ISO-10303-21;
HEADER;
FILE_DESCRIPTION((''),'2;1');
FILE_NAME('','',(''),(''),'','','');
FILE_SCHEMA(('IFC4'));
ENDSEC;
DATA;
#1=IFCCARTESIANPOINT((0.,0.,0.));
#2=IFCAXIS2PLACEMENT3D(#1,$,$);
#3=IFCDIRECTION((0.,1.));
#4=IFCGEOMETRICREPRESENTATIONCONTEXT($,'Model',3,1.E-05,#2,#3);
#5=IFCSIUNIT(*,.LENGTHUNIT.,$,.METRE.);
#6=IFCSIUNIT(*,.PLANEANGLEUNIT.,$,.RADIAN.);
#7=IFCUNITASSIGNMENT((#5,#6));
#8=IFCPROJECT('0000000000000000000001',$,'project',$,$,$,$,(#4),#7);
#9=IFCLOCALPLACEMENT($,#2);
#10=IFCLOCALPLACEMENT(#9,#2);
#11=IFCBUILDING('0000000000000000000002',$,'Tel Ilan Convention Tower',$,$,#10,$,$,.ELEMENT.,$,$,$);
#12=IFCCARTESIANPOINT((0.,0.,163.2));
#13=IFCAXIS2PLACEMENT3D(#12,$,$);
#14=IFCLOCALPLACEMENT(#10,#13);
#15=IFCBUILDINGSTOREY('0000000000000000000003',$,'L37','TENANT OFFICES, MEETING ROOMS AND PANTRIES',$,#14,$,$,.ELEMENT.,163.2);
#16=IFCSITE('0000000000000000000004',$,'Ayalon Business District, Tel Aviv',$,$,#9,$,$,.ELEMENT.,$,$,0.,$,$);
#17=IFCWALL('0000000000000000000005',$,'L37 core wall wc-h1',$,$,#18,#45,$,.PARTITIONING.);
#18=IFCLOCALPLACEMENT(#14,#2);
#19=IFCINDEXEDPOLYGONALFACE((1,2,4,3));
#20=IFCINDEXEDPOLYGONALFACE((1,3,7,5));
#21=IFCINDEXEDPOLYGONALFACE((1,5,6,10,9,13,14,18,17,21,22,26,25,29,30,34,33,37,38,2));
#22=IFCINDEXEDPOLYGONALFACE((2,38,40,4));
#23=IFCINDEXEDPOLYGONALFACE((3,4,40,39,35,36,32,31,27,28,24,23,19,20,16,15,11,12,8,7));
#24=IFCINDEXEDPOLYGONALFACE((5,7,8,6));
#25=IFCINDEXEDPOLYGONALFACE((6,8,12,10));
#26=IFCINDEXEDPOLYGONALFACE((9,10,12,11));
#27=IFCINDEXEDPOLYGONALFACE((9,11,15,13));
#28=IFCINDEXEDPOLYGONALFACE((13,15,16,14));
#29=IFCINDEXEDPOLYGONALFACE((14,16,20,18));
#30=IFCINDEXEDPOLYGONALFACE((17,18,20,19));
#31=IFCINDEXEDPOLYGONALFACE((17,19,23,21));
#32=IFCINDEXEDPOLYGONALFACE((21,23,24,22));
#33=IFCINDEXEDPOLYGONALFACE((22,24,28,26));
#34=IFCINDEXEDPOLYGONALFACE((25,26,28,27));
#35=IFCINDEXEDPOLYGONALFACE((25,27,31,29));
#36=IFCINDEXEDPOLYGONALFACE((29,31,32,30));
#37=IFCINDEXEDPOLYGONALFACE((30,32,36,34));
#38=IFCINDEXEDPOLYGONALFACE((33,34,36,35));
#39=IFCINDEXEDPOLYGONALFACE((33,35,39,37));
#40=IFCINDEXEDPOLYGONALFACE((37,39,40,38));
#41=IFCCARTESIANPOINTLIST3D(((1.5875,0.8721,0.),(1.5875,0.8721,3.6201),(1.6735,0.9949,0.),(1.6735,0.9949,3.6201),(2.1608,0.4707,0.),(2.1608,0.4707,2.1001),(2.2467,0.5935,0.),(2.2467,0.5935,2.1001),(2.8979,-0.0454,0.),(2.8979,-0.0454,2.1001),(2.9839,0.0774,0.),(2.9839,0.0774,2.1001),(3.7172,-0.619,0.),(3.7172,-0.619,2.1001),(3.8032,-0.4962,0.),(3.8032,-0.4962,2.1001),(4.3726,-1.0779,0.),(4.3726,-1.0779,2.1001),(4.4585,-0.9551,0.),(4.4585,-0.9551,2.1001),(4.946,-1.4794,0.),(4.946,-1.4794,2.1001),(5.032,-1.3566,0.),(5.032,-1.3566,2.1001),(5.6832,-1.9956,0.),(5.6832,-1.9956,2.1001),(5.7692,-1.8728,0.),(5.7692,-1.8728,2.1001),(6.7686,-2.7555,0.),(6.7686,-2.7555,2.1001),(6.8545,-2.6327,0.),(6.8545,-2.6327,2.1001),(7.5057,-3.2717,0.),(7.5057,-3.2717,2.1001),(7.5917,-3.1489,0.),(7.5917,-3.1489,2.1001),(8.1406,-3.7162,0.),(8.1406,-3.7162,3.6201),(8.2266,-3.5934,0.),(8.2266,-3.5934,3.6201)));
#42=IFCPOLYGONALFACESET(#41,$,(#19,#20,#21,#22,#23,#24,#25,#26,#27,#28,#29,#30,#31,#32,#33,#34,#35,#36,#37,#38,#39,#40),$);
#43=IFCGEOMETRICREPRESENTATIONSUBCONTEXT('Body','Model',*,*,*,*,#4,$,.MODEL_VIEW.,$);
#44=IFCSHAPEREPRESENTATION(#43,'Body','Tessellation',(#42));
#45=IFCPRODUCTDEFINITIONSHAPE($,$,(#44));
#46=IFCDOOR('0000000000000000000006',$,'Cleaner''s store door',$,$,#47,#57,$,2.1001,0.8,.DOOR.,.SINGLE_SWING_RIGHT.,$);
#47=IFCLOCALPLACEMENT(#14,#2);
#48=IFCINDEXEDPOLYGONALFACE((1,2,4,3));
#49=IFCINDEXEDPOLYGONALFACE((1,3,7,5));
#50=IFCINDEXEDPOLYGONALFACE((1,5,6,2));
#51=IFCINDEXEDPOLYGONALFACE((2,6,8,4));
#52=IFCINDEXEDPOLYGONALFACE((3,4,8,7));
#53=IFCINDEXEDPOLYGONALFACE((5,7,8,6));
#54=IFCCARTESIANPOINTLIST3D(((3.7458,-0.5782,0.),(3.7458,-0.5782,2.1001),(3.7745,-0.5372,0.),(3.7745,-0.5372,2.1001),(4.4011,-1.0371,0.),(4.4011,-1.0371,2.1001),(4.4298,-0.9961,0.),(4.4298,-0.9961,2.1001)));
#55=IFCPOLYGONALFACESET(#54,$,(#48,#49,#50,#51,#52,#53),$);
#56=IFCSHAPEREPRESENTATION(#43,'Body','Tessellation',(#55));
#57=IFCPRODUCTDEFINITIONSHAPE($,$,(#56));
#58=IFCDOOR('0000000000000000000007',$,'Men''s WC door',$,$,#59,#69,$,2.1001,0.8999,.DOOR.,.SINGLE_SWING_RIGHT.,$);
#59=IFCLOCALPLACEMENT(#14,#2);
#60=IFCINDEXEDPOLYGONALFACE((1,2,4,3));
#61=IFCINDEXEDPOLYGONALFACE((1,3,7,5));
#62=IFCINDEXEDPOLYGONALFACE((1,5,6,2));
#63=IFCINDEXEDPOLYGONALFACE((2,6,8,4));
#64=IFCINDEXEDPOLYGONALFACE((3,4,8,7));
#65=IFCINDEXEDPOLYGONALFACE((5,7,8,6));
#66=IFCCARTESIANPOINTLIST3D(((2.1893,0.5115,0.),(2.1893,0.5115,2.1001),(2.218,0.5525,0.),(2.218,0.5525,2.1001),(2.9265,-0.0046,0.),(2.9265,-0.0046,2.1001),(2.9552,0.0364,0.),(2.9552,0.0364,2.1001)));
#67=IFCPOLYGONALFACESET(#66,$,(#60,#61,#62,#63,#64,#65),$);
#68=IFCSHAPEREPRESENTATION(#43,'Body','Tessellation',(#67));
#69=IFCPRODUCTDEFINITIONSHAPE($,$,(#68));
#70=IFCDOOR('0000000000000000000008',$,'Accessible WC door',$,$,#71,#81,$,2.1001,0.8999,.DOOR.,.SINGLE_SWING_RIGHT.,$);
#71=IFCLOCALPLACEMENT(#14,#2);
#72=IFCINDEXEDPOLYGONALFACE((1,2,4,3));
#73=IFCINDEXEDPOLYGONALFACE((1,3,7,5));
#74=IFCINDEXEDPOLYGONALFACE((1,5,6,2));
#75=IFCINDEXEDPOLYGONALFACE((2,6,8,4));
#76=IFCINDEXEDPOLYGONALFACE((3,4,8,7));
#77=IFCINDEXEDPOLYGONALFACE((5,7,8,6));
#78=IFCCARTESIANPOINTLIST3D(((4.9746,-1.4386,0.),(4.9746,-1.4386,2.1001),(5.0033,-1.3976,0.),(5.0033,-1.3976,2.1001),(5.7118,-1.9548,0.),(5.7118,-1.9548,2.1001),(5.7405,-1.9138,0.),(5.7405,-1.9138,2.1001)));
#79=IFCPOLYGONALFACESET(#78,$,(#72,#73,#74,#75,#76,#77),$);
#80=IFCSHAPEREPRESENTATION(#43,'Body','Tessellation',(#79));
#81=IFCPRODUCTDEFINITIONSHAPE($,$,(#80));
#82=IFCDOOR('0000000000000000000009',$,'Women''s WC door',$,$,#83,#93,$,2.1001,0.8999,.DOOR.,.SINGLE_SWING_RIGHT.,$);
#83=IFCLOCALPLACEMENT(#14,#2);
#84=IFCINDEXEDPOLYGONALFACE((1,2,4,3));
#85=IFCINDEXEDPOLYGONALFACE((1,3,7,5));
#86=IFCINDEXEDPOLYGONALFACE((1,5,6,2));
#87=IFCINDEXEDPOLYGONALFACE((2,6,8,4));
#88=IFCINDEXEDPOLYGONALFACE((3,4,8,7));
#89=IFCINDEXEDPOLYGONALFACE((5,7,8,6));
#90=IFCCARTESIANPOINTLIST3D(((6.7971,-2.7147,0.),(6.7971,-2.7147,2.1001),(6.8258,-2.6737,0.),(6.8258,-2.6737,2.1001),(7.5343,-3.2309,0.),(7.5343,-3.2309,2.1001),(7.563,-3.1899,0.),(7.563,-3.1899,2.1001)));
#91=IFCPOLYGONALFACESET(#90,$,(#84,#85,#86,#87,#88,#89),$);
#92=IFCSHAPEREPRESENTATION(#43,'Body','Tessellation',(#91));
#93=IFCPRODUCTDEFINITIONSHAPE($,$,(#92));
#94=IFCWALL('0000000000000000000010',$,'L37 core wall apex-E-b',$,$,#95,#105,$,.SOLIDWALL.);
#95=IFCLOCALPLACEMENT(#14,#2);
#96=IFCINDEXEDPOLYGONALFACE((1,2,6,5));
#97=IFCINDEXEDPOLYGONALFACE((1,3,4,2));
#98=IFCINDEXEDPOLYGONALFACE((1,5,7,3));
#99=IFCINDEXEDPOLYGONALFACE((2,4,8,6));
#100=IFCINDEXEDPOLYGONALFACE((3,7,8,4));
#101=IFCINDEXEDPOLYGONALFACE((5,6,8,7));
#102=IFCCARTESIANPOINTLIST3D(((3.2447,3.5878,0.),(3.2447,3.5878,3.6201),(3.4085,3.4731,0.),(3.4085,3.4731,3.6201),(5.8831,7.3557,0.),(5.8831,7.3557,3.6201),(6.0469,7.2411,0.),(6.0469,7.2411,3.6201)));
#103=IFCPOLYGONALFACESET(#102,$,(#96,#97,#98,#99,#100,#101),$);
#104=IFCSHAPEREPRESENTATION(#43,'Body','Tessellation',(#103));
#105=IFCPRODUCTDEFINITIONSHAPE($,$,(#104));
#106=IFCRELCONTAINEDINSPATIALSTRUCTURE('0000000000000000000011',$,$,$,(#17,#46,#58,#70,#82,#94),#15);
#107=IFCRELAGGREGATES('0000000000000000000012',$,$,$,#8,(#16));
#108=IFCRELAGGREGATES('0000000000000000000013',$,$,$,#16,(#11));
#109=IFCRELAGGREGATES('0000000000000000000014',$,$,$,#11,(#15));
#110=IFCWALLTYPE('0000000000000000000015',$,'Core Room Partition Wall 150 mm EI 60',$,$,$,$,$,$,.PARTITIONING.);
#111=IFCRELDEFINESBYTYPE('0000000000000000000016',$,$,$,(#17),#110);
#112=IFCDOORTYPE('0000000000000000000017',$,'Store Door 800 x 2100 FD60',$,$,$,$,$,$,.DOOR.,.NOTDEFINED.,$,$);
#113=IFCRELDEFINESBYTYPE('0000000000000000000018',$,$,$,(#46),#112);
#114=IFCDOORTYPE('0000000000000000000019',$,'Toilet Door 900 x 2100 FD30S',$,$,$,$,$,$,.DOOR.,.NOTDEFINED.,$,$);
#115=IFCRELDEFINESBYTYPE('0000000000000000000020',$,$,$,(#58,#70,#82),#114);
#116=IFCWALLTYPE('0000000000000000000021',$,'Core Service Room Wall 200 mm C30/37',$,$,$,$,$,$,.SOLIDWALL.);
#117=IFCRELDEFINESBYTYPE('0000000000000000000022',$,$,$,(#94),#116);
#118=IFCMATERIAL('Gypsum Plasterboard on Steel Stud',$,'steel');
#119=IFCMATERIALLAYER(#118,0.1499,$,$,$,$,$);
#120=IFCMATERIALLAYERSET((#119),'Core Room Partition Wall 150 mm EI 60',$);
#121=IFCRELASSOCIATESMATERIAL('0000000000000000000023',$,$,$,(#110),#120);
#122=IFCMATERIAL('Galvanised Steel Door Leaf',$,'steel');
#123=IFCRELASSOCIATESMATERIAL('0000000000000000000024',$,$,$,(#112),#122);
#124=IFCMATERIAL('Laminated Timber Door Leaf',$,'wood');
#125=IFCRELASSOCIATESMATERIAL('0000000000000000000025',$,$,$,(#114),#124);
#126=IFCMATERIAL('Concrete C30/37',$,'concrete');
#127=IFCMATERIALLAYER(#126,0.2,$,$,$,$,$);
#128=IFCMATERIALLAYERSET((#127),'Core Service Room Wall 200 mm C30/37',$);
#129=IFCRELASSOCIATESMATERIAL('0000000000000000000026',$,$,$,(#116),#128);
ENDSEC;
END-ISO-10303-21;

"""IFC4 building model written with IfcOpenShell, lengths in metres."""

from ifc_helpers import new_model, si_unit, direction, frame, frame_2d, origin, place, context, subcontext, project, spatial, rectangle, extrude, material, layer, layer_set, type_object, element, fill, save


model = new_model("IFC4")

# Units and contexts
model_context = context("Model", 3, precision=1e-05, world=origin(), true_north=direction((0.0, 1.0)))
body_context = subcontext(model_context, "Body", "Model", "MODEL_VIEW")
ifc_project = project(units=[si_unit("LENGTHUNIT", "METRE"), si_unit("PLANEANGLEUNIT", "RADIAN")], contexts=[model_context])

# Site, building, storey
site_placement = place(None, origin())
site = spatial("IfcSite", under=ifc_project, at=site_placement, Name="Ayalon Business District, Tel Aviv", CompositionType="ELEMENT", RefElevation=0.0)
building_placement = place(site_placement, origin())
building = spatial("IfcBuilding", under=site, at=building_placement, Name="Tel Ilan Convention Tower", CompositionType="ELEMENT")
storey_placement = place(building_placement, frame((0.0, 0.0, 163.2)))
storey = spatial("IfcBuildingStorey", under=building, at=storey_placement, Name="L37", Description="TENANT OFFICES, MEETING ROOMS AND PANTRIES", CompositionType="ELEMENT", Elevation=163.2)

# Wall, openings, doors
ifc_material_1 = material(Name="Gypsum Plasterboard on Steel Stud", Category="steel")
ifc_layer_1 = layer(ifc_material_1, 0.1499)
ifc_layer_set_1 = layer_set([ifc_layer_1], Name="Core Room Partition Wall 150 mm EI 60")
wall_type_1 = type_object("IfcWallType", Name="Core Room Partition Wall 150 mm EI 60", PredefinedType="PARTITIONING", material=ifc_layer_set_1)
wall_1_placement = place(storey_placement, frame((1.6304, 0.9336, 0.0), z_axis=(0.0, 0.0, 1.0), x_axis=(0.819166, -0.573557, 0.0)))
wall_1 = element("IfcWall", 1, at=wall_1_placement, inside=storey, type_object=wall_type_1, Name="L37 core wall wc-h1", PredefinedType="PARTITIONING", context=body_context, shape_type="SweptSolid", body=[
    extrude(rectangle(XDim=7.9998, YDim=0.1499, at=frame_2d((4.0, 0.0))), origin(), (0.0, 0.0, 1.0), 3.6201),
])
opening_1_placement = place(wall_1_placement, frame((0.7, 0.0, 0.0)))
opening_1 = element("IfcOpeningElement", 2, at=opening_1_placement, cuts=wall_1, PredefinedType="OPENING", context=body_context, shape_type="SweptSolid", body=[
    extrude(rectangle(XDim=0.8999, YDim=2.1001, at=frame_2d((0.45, 1.05))), frame((0.0, 0.085, 0.0), z_axis=(0.0, -1.0, 0.0), x_axis=(1.0, 0.0, 0.0)), (0.0, 0.0, 1.0), 0.1699),
])
opening_2_placement = place(wall_1_placement, frame((2.6001, 0.0, 0.0)))
opening_2 = element("IfcOpeningElement", 3, at=opening_2_placement, cuts=wall_1, PredefinedType="OPENING", context=body_context, shape_type="SweptSolid", body=[
    extrude(rectangle(XDim=0.8, YDim=2.1001, at=frame_2d((0.3999, 1.05))), frame((0.0, 0.085, 0.0), z_axis=(0.0, -1.0, 0.0), x_axis=(1.0, 0.0, 0.0)), (0.0, 0.0, 1.0), 0.1699),
])
opening_3_placement = place(wall_1_placement, frame((4.1001, 0.0, 0.0)))
opening_3 = element("IfcOpeningElement", 4, at=opening_3_placement, cuts=wall_1, PredefinedType="OPENING", context=body_context, shape_type="SweptSolid", body=[
    extrude(rectangle(XDim=0.8999, YDim=2.1001, at=frame_2d((0.45, 1.05))), frame((0.0, 0.085, 0.0), z_axis=(0.0, -1.0, 0.0), x_axis=(1.0, 0.0, 0.0)), (0.0, 0.0, 1.0), 0.1699),
])
opening_4_placement = place(wall_1_placement, frame((6.325, 0.0, 0.0)))
opening_4 = element("IfcOpeningElement", 5, at=opening_4_placement, cuts=wall_1, PredefinedType="OPENING", context=body_context, shape_type="SweptSolid", body=[
    extrude(rectangle(XDim=0.8999, YDim=2.1001, at=frame_2d((0.45, 1.05))), frame((0.0, 0.085, 0.0), z_axis=(0.0, -1.0, 0.0), x_axis=(1.0, 0.0, 0.0)), (0.0, 0.0, 1.0), 0.1699),
])
ifc_material_2 = material(Name="Galvanised Steel Door Leaf", Category="steel")
door_type_1 = type_object("IfcDoorType", Name="Store Door 800 x 2100 FD60", OperationType="NOTDEFINED", PredefinedType="DOOR", material=ifc_material_2)
door_1_placement = place(opening_2_placement, origin())
door_1 = element("IfcDoor", 6, at=door_1_placement, inside=storey, type_object=door_type_1, Name="Cleaner's store door", OperationType="SINGLE_SWING_RIGHT", OverallHeight=2.1001, OverallWidth=0.8, PredefinedType="DOOR", context=body_context, shape_type="SweptSolid", body=[
    extrude(rectangle(XDim=0.8, YDim=2.1001, at=frame_2d((0.3999, 1.05))), frame((0.0, 0.0249, 0.0), z_axis=(0.0, -1.0, 0.0), x_axis=(1.0, 0.0, 0.0)), (0.0, 0.0, 1.0), 0.05),
])
fill(opening_2, door_1)
ifc_material_3 = material(Name="Laminated Timber Door Leaf", Category="wood")
door_type_2 = type_object("IfcDoorType", Name="Toilet Door 900 x 2100 FD30S", OperationType="NOTDEFINED", PredefinedType="DOOR", material=ifc_material_3)
door_2_placement = place(opening_1_placement, origin())
door_2 = element("IfcDoor", 7, at=door_2_placement, inside=storey, type_object=door_type_2, Name="Men's WC door", OperationType="SINGLE_SWING_RIGHT", OverallHeight=2.1001, OverallWidth=0.8999, PredefinedType="DOOR", context=body_context, shape_type="SweptSolid", body=[
    extrude(rectangle(XDim=0.8999, YDim=2.1001, at=frame_2d((0.45, 1.05))), frame((0.0, 0.0249, 0.0), z_axis=(0.0, -1.0, 0.0), x_axis=(1.0, 0.0, 0.0)), (0.0, 0.0, 1.0), 0.05),
])
fill(opening_1, door_2)
door_3_placement = place(opening_3_placement, origin())
door_3 = element("IfcDoor", 8, at=door_3_placement, inside=storey, type_object=door_type_2, Name="Accessible WC door", OperationType="SINGLE_SWING_RIGHT", OverallHeight=2.1001, OverallWidth=0.8999, PredefinedType="DOOR", context=body_context, shape_type="SweptSolid", body=[
    extrude(rectangle(XDim=0.8999, YDim=2.1001, at=frame_2d((0.45, 1.05))), frame((0.0, 0.0249, 0.0), z_axis=(0.0, -1.0, 0.0), x_axis=(1.0, 0.0, 0.0)), (0.0, 0.0, 1.0), 0.05),
])
fill(opening_3, door_3)
door_4_placement = place(opening_4_placement, origin())
door_4 = element("IfcDoor", 9, at=door_4_placement, inside=storey, type_object=door_type_2, Name="Women's WC door", OperationType="SINGLE_SWING_RIGHT", OverallHeight=2.1001, OverallWidth=0.8999, PredefinedType="DOOR", context=body_context, shape_type="SweptSolid", body=[
    extrude(rectangle(XDim=0.8999, YDim=2.1001, at=frame_2d((0.45, 1.05))), frame((0.0, 0.0249, 0.0), z_axis=(0.0, -1.0, 0.0), x_axis=(1.0, 0.0, 0.0)), (0.0, 0.0, 1.0), 0.05),
])
fill(opening_4, door_4)

# Wall
ifc_material_4 = material(Name="Concrete C30/37", Category="concrete")
ifc_layer_2 = layer(ifc_material_4, 0.2)
ifc_layer_set_2 = layer_set([ifc_layer_2], Name="Core Service Room Wall 200 mm C30/37")
wall_type_2 = type_object("IfcWallType", Name="Core Service Room Wall 200 mm C30/37", PredefinedType="SOLIDWALL", material=ifc_layer_set_2)
wall_2_placement = place(storey_placement, frame((3.3267, 3.5305, 0.0), z_axis=(0.0, 0.0, 1.0), x_axis=(0.573576, 0.819152, 0.0)))
element("IfcWall", 10, at=wall_2_placement, inside=storey, type_object=wall_type_2, Name="L37 core wall apex-E-b", PredefinedType="SOLIDWALL", context=body_context, shape_type="SweptSolid", body=[
    extrude(rectangle(XDim=4.5999, YDim=0.2, at=frame_2d((2.2998, 0.0))), origin(), (0.0, 0.0, 1.0), 3.6201),
])

save(model, "model.ifc")
